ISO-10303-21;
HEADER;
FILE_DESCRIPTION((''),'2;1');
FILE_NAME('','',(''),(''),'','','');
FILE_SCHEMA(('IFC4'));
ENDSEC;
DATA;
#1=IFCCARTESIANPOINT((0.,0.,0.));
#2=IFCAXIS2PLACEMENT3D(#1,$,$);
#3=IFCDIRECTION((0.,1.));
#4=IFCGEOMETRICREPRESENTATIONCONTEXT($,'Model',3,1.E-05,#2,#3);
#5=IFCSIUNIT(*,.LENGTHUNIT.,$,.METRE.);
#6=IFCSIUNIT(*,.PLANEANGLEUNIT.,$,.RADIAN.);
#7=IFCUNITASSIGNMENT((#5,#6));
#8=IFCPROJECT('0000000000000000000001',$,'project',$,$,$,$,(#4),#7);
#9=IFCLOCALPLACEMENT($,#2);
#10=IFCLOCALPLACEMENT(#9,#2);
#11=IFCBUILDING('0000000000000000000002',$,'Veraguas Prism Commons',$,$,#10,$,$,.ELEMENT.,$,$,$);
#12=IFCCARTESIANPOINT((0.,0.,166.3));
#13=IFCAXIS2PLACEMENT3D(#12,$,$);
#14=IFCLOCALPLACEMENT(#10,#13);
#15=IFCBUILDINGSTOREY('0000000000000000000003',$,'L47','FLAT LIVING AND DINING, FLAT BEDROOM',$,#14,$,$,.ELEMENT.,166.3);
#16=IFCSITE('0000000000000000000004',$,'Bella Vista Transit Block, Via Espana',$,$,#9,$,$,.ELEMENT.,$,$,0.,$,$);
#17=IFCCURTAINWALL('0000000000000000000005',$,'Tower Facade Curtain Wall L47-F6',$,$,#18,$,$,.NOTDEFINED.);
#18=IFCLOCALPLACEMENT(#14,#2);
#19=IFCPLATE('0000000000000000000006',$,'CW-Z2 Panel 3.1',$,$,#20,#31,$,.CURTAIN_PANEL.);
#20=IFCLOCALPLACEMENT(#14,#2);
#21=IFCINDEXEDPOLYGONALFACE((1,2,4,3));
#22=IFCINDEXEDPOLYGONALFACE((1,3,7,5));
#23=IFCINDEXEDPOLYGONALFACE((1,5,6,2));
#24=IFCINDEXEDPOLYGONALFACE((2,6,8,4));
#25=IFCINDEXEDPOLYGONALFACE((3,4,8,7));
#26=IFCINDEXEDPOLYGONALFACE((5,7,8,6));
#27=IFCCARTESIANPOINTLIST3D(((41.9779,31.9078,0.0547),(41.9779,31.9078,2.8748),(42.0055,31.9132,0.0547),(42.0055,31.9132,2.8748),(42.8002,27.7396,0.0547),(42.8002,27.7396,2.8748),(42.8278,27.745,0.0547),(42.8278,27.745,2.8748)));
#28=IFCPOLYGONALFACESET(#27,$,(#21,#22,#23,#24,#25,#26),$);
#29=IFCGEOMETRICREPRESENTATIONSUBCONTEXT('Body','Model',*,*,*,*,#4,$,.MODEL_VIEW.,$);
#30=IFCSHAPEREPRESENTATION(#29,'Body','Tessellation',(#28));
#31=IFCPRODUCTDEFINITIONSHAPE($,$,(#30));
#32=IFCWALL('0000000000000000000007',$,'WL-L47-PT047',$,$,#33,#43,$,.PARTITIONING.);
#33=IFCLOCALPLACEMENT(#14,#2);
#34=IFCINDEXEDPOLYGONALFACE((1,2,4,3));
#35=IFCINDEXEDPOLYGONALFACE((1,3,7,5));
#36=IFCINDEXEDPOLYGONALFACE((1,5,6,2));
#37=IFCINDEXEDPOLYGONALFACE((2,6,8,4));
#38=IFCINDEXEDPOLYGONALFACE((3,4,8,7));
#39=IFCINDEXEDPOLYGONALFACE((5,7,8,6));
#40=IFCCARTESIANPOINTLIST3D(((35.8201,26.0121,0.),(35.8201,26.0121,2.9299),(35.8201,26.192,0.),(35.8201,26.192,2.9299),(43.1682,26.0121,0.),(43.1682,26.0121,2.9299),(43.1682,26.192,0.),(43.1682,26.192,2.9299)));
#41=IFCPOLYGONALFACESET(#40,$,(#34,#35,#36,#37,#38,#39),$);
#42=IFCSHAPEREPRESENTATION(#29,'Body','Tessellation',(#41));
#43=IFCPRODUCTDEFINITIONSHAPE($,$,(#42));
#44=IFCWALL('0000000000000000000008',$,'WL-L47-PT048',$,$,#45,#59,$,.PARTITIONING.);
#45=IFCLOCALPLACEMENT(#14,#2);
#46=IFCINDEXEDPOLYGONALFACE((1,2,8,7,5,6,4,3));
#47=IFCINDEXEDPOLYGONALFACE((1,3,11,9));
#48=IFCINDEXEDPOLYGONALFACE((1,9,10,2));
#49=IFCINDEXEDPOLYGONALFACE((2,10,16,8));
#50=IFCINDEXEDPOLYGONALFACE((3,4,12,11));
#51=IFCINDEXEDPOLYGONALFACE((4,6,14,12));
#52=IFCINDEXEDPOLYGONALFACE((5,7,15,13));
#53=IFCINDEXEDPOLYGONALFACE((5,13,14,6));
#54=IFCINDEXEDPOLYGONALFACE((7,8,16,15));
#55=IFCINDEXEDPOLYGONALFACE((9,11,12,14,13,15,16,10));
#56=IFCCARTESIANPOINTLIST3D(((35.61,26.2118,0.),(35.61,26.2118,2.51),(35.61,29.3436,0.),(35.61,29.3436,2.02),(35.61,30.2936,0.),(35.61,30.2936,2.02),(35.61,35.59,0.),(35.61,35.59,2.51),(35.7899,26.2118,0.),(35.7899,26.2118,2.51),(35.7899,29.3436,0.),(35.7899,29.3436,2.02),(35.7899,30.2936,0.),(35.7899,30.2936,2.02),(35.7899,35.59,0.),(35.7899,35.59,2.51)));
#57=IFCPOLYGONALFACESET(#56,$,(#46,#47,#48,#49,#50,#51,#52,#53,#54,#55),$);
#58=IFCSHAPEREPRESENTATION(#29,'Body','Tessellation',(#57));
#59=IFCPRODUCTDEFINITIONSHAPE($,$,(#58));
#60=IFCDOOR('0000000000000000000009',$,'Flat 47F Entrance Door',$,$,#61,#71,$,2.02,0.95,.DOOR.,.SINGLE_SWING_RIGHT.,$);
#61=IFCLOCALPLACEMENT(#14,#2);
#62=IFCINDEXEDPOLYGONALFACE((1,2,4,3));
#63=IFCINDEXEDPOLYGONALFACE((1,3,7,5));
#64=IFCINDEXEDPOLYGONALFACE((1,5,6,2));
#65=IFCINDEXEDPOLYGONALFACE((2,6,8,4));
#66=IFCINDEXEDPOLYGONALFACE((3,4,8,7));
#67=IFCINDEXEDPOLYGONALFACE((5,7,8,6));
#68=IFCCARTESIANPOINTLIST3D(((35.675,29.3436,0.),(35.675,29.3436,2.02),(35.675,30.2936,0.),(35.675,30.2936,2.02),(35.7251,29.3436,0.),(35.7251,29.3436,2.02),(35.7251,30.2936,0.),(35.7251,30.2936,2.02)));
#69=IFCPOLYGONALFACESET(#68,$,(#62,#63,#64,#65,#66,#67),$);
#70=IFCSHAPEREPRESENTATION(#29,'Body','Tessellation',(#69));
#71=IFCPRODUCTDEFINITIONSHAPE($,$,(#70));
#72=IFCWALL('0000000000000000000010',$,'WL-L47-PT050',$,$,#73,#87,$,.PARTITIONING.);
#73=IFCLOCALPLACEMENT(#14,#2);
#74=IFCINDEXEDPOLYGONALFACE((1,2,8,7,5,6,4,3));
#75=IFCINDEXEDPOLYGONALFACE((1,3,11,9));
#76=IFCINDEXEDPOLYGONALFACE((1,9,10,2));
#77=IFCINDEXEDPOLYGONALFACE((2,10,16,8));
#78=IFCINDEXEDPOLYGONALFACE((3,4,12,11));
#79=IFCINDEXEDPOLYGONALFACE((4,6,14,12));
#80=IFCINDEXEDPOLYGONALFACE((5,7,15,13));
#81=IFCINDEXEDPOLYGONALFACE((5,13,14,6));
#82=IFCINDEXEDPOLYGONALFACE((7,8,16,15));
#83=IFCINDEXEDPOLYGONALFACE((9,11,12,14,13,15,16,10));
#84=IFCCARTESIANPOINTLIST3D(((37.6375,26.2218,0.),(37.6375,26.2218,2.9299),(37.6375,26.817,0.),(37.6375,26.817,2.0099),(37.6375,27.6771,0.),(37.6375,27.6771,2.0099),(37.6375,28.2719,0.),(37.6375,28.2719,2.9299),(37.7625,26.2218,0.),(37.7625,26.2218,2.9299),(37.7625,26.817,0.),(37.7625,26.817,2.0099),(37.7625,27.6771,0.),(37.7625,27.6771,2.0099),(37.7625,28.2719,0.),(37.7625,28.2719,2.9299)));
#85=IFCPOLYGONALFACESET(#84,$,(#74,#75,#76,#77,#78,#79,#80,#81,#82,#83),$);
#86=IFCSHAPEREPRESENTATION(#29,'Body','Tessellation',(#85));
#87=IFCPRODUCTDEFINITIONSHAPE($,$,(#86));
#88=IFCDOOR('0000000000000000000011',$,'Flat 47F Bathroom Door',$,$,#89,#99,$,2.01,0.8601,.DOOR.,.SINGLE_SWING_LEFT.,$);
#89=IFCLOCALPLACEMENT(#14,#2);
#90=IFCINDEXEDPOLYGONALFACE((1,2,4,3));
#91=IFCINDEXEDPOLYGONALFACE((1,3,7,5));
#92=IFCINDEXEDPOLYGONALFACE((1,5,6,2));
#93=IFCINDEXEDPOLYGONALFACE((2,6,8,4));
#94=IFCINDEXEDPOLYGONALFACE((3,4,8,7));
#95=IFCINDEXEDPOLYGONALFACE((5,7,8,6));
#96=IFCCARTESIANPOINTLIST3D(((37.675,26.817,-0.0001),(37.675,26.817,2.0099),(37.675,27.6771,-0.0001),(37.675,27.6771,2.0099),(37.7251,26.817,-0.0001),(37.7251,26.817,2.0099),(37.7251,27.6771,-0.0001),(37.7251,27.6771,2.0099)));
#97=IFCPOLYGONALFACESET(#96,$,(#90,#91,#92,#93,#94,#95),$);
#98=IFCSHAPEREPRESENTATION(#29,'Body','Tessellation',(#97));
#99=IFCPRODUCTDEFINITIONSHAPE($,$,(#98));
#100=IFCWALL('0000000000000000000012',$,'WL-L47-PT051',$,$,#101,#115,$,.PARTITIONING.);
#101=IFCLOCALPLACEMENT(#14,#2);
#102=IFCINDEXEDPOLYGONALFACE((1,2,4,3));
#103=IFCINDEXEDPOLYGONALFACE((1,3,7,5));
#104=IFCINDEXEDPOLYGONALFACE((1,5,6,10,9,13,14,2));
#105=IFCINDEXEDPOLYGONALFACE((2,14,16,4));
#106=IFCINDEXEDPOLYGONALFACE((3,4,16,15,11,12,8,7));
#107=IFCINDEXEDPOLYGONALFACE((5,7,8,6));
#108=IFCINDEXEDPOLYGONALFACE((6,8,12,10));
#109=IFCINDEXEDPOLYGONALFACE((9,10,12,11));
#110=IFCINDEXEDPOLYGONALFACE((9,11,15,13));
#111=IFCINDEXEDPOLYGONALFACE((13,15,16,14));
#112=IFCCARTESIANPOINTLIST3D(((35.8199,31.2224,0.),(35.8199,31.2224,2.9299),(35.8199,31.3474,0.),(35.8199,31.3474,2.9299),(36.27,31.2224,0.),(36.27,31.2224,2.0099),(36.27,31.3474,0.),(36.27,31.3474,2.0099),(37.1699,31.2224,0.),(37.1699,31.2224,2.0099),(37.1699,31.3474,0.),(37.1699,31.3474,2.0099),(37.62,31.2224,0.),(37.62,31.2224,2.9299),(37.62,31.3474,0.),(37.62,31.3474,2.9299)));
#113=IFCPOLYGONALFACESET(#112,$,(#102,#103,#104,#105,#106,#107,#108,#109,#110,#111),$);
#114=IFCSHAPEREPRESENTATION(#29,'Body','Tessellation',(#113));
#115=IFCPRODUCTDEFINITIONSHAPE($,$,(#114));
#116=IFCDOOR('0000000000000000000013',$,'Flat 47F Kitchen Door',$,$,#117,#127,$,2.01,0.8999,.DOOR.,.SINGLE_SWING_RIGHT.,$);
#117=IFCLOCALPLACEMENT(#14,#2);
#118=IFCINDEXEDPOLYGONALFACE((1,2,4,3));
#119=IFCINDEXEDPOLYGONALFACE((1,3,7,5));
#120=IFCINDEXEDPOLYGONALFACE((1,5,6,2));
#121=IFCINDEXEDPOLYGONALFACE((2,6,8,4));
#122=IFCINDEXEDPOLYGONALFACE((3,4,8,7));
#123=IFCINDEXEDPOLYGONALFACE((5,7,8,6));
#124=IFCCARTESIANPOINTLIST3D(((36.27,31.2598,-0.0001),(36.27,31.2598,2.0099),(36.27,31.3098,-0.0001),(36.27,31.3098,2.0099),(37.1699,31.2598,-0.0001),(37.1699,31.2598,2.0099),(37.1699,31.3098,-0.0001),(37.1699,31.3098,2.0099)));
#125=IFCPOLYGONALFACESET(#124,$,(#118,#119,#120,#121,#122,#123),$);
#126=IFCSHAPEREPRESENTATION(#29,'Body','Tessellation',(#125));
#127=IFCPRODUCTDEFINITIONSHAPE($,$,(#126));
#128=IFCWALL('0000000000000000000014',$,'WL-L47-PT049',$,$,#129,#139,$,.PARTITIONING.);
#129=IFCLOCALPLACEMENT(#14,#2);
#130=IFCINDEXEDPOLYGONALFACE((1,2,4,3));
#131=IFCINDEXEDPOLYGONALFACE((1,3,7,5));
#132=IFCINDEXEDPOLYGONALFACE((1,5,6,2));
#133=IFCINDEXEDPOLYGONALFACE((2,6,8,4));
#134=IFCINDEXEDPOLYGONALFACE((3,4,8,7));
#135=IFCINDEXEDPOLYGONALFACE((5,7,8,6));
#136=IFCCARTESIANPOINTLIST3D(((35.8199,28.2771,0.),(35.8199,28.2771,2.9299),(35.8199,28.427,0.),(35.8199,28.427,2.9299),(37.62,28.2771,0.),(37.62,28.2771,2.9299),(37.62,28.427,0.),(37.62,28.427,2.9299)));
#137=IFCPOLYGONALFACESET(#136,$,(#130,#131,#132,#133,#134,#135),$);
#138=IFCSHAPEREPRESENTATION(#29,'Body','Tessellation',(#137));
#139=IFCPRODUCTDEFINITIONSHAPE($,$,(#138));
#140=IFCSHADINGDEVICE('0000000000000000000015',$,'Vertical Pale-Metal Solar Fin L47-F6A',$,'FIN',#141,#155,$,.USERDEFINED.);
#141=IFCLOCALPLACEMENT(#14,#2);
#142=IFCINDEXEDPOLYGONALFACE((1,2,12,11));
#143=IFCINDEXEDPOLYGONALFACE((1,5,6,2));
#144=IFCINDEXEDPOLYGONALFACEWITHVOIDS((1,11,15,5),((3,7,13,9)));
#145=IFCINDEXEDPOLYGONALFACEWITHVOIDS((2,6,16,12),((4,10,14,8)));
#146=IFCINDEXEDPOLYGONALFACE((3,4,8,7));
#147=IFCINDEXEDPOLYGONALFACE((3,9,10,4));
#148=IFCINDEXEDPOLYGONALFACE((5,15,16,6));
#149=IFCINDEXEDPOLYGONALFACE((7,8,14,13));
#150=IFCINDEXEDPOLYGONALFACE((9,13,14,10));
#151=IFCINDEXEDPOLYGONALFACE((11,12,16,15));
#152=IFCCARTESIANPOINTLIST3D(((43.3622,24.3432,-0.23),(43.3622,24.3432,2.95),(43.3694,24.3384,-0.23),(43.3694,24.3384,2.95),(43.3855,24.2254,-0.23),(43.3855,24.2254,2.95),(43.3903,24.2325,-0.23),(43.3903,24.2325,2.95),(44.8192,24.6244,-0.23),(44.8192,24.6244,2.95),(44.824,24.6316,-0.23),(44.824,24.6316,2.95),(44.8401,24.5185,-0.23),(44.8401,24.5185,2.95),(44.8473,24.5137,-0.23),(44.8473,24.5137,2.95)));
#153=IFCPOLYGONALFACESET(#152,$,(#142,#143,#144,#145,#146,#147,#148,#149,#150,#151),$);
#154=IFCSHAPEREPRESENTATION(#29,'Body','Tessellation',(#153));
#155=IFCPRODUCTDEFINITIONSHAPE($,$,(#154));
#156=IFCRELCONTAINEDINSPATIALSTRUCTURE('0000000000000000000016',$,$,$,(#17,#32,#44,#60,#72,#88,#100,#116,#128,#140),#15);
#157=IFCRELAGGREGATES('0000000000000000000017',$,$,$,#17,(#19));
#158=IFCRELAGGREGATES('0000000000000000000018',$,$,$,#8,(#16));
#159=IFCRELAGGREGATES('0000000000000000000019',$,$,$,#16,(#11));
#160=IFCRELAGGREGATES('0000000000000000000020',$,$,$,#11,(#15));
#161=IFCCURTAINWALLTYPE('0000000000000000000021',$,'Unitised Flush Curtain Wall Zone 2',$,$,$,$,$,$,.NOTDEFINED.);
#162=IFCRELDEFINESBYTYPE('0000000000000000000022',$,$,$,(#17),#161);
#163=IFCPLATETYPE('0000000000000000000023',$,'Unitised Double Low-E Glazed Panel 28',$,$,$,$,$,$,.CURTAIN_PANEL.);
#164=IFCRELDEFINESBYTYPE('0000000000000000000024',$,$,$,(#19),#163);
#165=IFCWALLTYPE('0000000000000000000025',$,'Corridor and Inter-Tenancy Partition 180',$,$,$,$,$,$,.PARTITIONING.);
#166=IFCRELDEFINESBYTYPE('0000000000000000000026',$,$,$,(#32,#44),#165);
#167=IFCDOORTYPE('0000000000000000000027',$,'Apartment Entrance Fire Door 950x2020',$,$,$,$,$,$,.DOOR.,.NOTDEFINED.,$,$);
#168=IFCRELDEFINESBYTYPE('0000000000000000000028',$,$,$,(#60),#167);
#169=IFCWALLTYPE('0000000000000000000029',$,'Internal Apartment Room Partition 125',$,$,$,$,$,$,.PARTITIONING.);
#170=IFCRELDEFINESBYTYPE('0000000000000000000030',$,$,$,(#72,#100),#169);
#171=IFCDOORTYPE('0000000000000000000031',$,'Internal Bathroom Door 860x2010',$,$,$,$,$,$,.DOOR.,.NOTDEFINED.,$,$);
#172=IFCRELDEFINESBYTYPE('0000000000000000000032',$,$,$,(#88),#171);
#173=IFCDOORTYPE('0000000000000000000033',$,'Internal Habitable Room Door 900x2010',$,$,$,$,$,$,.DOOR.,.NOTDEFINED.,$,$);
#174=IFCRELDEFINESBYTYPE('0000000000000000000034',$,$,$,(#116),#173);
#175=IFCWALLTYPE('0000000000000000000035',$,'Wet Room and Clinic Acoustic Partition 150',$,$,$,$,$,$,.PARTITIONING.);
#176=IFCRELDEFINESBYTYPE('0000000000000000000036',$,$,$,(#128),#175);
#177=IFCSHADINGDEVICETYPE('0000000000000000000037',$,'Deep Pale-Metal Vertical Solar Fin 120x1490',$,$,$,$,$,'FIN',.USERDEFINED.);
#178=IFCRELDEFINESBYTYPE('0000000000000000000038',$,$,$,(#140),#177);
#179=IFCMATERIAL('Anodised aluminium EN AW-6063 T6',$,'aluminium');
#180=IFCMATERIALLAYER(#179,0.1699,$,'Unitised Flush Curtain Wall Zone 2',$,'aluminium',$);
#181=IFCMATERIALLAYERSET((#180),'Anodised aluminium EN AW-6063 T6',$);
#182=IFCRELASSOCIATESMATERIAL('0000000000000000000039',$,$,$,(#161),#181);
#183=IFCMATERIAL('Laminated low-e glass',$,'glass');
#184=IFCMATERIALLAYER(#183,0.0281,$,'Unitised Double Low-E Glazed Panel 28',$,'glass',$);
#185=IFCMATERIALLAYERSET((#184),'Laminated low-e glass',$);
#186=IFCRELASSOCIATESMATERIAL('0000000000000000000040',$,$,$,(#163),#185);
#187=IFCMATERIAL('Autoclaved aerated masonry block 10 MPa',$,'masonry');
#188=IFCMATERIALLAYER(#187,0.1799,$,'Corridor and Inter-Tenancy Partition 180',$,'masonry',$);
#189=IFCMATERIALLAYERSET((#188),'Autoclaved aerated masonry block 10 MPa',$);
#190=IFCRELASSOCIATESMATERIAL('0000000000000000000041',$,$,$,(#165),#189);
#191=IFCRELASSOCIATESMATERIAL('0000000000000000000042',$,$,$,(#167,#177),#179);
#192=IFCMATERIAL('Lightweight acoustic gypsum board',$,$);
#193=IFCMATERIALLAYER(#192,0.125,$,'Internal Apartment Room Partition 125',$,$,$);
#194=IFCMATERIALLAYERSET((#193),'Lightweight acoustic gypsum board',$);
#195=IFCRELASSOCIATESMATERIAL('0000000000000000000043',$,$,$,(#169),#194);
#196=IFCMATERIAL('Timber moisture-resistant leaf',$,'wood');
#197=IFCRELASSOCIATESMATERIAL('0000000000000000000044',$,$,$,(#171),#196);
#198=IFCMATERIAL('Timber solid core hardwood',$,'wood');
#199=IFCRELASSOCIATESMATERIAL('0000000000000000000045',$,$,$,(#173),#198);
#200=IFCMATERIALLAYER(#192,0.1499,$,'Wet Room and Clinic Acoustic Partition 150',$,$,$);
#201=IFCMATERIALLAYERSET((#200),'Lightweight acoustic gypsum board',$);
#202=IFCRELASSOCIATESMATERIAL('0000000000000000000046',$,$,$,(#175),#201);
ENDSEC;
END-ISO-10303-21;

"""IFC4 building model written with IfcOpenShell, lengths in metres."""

from ifc_helpers import new_model, si_unit, direction, frame, frame_2d, origin, origin_2d, place, context, subcontext, project, spatial, rectangle, hollow_rectangle, extrude, source, transform, mapped, material, layer, layer_set, material_profile, profile_set, type_object, element, fill, aggregate, save


model = new_model("IFC4")

# Units and contexts
model_context = context("Model", 3, precision=1e-05, world=origin(), true_north=direction((0.0, 1.0)))
body_context = subcontext(model_context, "Body", "Model", "MODEL_VIEW")
ifc_project = project(units=[si_unit("LENGTHUNIT", "METRE"), si_unit("PLANEANGLEUNIT", "RADIAN")], contexts=[model_context])

# Site, building, storey
site_placement = place(None, origin())
site = spatial("IfcSite", under=ifc_project, at=site_placement, Name="Bella Vista Transit Block, Via Espana", CompositionType="ELEMENT", RefElevation=0.0)
building_placement = place(site_placement, origin())
building = spatial("IfcBuilding", under=site, at=building_placement, Name="Veraguas Prism Commons", CompositionType="ELEMENT")
storey_placement = place(building_placement, frame((0.0, 0.0, 166.3)))
storey = spatial("IfcBuildingStorey", under=building, at=storey_placement, Name="L47", Description="FLAT LIVING AND DINING, FLAT BEDROOM", CompositionType="ELEMENT", Elevation=166.3)

# Curtain wall, plate
ifc_material_1 = material(Name="Anodised aluminium EN AW-6063 T6", Category="aluminium")
ifc_layer_1 = layer(ifc_material_1, 0.1699, Name="Unitised Flush Curtain Wall Zone 2", Category="aluminium")
ifc_layer_set_1 = layer_set([ifc_layer_1], Name="Anodised aluminium EN AW-6063 T6")
curtain_wall_type = type_object("IfcCurtainWallType", Name="Unitised Flush Curtain Wall Zone 2", PredefinedType="NOTDEFINED", material=ifc_layer_set_1)
curtain_wall_placement = place(storey_placement, origin())
curtain_wall = element("IfcCurtainWall", 1, at=curtain_wall_placement, inside=storey, type_object=curtain_wall_type, Name="Tower Facade Curtain Wall L47-F6", PredefinedType="NOTDEFINED")
ifc_material_2 = material(Name="Laminated low-e glass", Category="glass")
ifc_layer_2 = layer(ifc_material_2, 0.0281, Name="Unitised Double Low-E Glazed Panel 28", Category="glass")
ifc_layer_set_2 = layer_set([ifc_layer_2], Name="Laminated low-e glass")
plate_type = type_object("IfcPlateType", Name="Unitised Double Low-E Glazed Panel 28", PredefinedType="CURTAIN_PANEL", material=ifc_layer_set_2)
shared_shape_1 = source(origin(), body_context, "Body", "SweptSolid", [
    extrude(rectangle(XDim=4.2485, YDim=0.0281, at=origin_2d()), origin(), (0.0, 0.0, 1.0), 2.8201),
])
plate_1_placement = place(storey_placement, frame((42.4028, 29.8264, 0.0547), z_axis=(0.0, 0.0, 1.0), x_axis=(-0.193549, 0.981091, 0.0)))
plate_1 = element("IfcPlate", 2, at=plate_1_placement, type_object=plate_type, Name="CW-Z2 Panel 3.1", PredefinedType="CURTAIN_PANEL", context=body_context, shape_type="MappedRepresentation", body=[
    mapped(shared_shape_1, transform((0.0, 0.0, 0.0), scale=1.0)),
])
aggregate(curtain_wall, [plate_1])

# Wall
ifc_material_3 = material(Name="Autoclaved aerated masonry block 10 MPa", Category="masonry")
ifc_layer_3 = layer(ifc_material_3, 0.1799, Name="Corridor and Inter-Tenancy Partition 180", Category="masonry")
ifc_layer_set_3 = layer_set([ifc_layer_3], Name="Autoclaved aerated masonry block 10 MPa")
wall_type_1 = type_object("IfcWallType", Name="Corridor and Inter-Tenancy Partition 180", PredefinedType="PARTITIONING", material=ifc_layer_set_3)
wall_1_placement = place(storey_placement, frame((35.8201, 26.1021, 0.0), z_axis=(0.0, 0.0, 1.0), x_axis=(1.0, 0.0, 0.0)))
element("IfcWall", 3, at=wall_1_placement, inside=storey, type_object=wall_type_1, Name="WL-L47-PT047", PredefinedType="PARTITIONING", context=body_context, shape_type="SweptSolid", body=[
    extrude(rectangle(XDim=7.3481, YDim=0.1799, at=frame_2d((3.6741, 0.0))), origin(), (0.0, 0.0, 1.0), 2.9299),
])

# Walls, openings, doors
wall_2_placement = place(storey_placement, frame((35.7, 26.2119, 0.0), z_axis=(0.0, 0.0, 1.0), x_axis=(0.0, 1.0, 0.0)))
wall_2 = element("IfcWall", 4, at=wall_2_placement, inside=storey, type_object=wall_type_1, Name="WL-L47-PT048", PredefinedType="PARTITIONING", context=body_context, shape_type="SweptSolid", body=[
    extrude(rectangle(XDim=9.3782, YDim=0.1799, at=frame_2d((4.689, 0.0))), origin(), (0.0, 0.0, 1.0), 2.51),
])
opening_1_placement = place(wall_2_placement, frame((3.1316, 0.0, 0.0)))
opening_1 = element("IfcOpeningElement", 5, at=opening_1_placement, cuts=wall_2, PredefinedType="OPENING", context=body_context, shape_type="SweptSolid", body=[
    extrude(rectangle(XDim=0.95, YDim=2.02, at=frame_2d((0.4751, 1.01))), frame((0.0, 0.0999, 0.0), z_axis=(0.0, -1.0, 0.0), x_axis=(1.0, 0.0, 0.0)), (0.0, 0.0, 1.0), 0.2),
])
door_type_1 = type_object("IfcDoorType", Name="Apartment Entrance Fire Door 950x2020", OperationType="NOTDEFINED", PredefinedType="DOOR", material=ifc_material_1)
shared_shape_2 = source(origin(), body_context, "Body", "SweptSolid", [
    extrude(rectangle(XDim=0.95, YDim=2.02, at=frame_2d((0.4751, 1.01))), frame((0.0, 0.0249, 0.0), z_axis=(0.0, -1.0, 0.0), x_axis=(1.0, 0.0, 0.0)), (0.0, 0.0, 1.0), 0.05),
])
door_1_placement = place(opening_1_placement, origin())
door_1 = element("IfcDoor", 6, at=door_1_placement, inside=storey, type_object=door_type_1, Name="Flat 47F Entrance Door", OperationType="SINGLE_SWING_RIGHT", OverallHeight=2.02, OverallWidth=0.95, PredefinedType="DOOR", context=body_context, shape_type="MappedRepresentation", body=[
    mapped(shared_shape_2, transform((0.0, 0.0, 0.0), scale=1.0)),
])
fill(opening_1, door_1)
ifc_material_4 = material(Name="Lightweight acoustic gypsum board")
ifc_layer_4 = layer(ifc_material_4, 0.125, Name="Internal Apartment Room Partition 125")
ifc_layer_set_4 = layer_set([ifc_layer_4], Name="Lightweight acoustic gypsum board")
wall_type_2 = type_object("IfcWallType", Name="Internal Apartment Room Partition 125", PredefinedType="PARTITIONING", material=ifc_layer_set_4)
wall_3_placement = place(storey_placement, frame((37.7, 26.2219, 0.0), z_axis=(0.0, 0.0, 1.0), x_axis=(0.0, 1.0, 0.0)))
wall_3 = element("IfcWall", 7, at=wall_3_placement, inside=storey, type_object=wall_type_2, Name="WL-L47-PT050", PredefinedType="PARTITIONING", context=body_context, shape_type="SweptSolid", body=[
    extrude(rectangle(XDim=2.05, YDim=0.125, at=frame_2d((1.0249, 0.0))), origin(), (0.0, 0.0, 1.0), 2.9299),
])
opening_2_placement = place(wall_3_placement, frame((0.595, 0.0, 0.0)))
opening_2 = element("IfcOpeningElement", 8, at=opening_2_placement, cuts=wall_3, PredefinedType="OPENING", context=body_context, shape_type="SweptSolid", body=[
    extrude(rectangle(XDim=0.8601, YDim=2.01, at=frame_2d((0.4302, 1.0049))), frame((0.0, 0.0725, 0.0), z_axis=(0.0, -1.0, 0.0), x_axis=(1.0, 0.0, 0.0)), (0.0, 0.0, 1.0), 0.145),
])
ifc_material_5 = material(Name="Timber moisture-resistant leaf", Category="wood")
door_type_2 = type_object("IfcDoorType", Name="Internal Bathroom Door 860x2010", OperationType="NOTDEFINED", PredefinedType="DOOR", material=ifc_material_5)
shared_shape_3 = source(origin(), body_context, "Body", "SweptSolid", [
    extrude(rectangle(XDim=0.8601, YDim=2.01, at=frame_2d((0.4302, 1.0049))), frame((0.0, 0.0249, 0.0), z_axis=(0.0, -1.0, 0.0), x_axis=(1.0, 0.0, 0.0)), (0.0, 0.0, 1.0), 0.05),
])
door_2_placement = place(opening_2_placement, origin())
door_2 = element("IfcDoor", 9, at=door_2_placement, inside=storey, type_object=door_type_2, Name="Flat 47F Bathroom Door", OperationType="SINGLE_SWING_LEFT", OverallHeight=2.01, OverallWidth=0.8601, PredefinedType="DOOR", context=body_context, shape_type="MappedRepresentation", body=[
    mapped(shared_shape_3, transform((0.0, 0.0, 0.0), scale=1.0)),
])
fill(opening_2, door_2)
wall_4_placement = place(storey_placement, frame((35.8201, 31.2849, 0.0), z_axis=(0.0, 0.0, 1.0), x_axis=(1.0, 0.0, 0.0)))
wall_4 = element("IfcWall", 10, at=wall_4_placement, inside=storey, type_object=wall_type_2, Name="WL-L47-PT051", PredefinedType="PARTITIONING", context=body_context, shape_type="SweptSolid", body=[
    extrude(rectangle(XDim=1.8, YDim=0.125, at=frame_2d((0.8999, 0.0))), origin(), (0.0, 0.0, 1.0), 2.9299),
])
opening_3_placement = place(wall_4_placement, frame((0.45, 0.0, 0.0)))
opening_3 = element("IfcOpeningElement", 11, at=opening_3_placement, cuts=wall_4, PredefinedType="OPENING", context=body_context, shape_type="SweptSolid", body=[
    extrude(rectangle(XDim=0.8999, YDim=2.01, at=frame_2d((0.45, 1.0049))), frame((0.0, 0.0725, 0.0), z_axis=(0.0, -1.0, 0.0), x_axis=(1.0, 0.0, 0.0)), (0.0, 0.0, 1.0), 0.145),
])
ifc_material_6 = material(Name="Timber solid core hardwood", Category="wood")
door_type_3 = type_object("IfcDoorType", Name="Internal Habitable Room Door 900x2010", OperationType="NOTDEFINED", PredefinedType="DOOR", material=ifc_material_6)
shared_shape_4 = source(origin(), body_context, "Body", "SweptSolid", [
    extrude(rectangle(XDim=0.8999, YDim=2.01, at=frame_2d((0.45, 1.0049))), frame((0.0, 0.0249, 0.0), z_axis=(0.0, -1.0, 0.0), x_axis=(1.0, 0.0, 0.0)), (0.0, 0.0, 1.0), 0.05),
])
door_3_placement = place(opening_3_placement, origin())
door_3 = element("IfcDoor", 12, at=door_3_placement, inside=storey, type_object=door_type_3, Name="Flat 47F Kitchen Door", OperationType="SINGLE_SWING_RIGHT", OverallHeight=2.01, OverallWidth=0.8999, PredefinedType="DOOR", context=body_context, shape_type="MappedRepresentation", body=[
    mapped(shared_shape_4, transform((0.0, 0.0, 0.0), scale=1.0)),
])
fill(opening_3, door_3)

# Wall
ifc_layer_5 = layer(ifc_material_4, 0.1499, Name="Wet Room and Clinic Acoustic Partition 150")
ifc_layer_set_5 = layer_set([ifc_layer_5], Name="Lightweight acoustic gypsum board")
wall_type_3 = type_object("IfcWallType", Name="Wet Room and Clinic Acoustic Partition 150", PredefinedType="PARTITIONING", material=ifc_layer_set_5)
wall_5_placement = place(storey_placement, frame((35.8201, 28.3521, 0.0), z_axis=(0.0, 0.0, 1.0), x_axis=(1.0, 0.0, 0.0)))
element("IfcWall", 13, at=wall_5_placement, inside=storey, type_object=wall_type_3, Name="WL-L47-PT049", PredefinedType="PARTITIONING", context=body_context, shape_type="SweptSolid", body=[
    extrude(rectangle(XDim=1.8, YDim=0.1499, at=frame_2d((0.8999, 0.0))), origin(), (0.0, 0.0, 1.0), 2.9299),
])

# Shading device
ifc_material_profile_1 = material_profile(ifc_material_1, hollow_rectangle(XDim=0.1201, YDim=1.49, WallThickness=0.0061, at=origin_2d()), Name="FIN120X1490X6")
ifc_profile_set_1 = profile_set([ifc_material_profile_1], Name="Anodised aluminium EN AW-6063 T6")
shading_device_type = type_object("IfcShadingDeviceType", Name="Deep Pale-Metal Vertical Solar Fin 120x1490", ElementType="FIN", PredefinedType="USERDEFINED", material=ifc_profile_set_1)
for number, where, z_axis, x_axis, name in (
    (14, (44.1047, 24.4285, -0.23), (0.0, 0.0, 1.0), (-0.193546, 0.981091, 0.0), "Vertical Pale-Metal Solar Fin L47-F6A"),
):
    element("IfcShadingDevice", number, at=place(storey_placement, frame(where, z_axis=z_axis, x_axis=x_axis)), inside=storey, type_object=shading_device_type, Name=name, ObjectType="FIN", PredefinedType="USERDEFINED", context=body_context, shape_type="SweptSolid", body=[
        extrude(hollow_rectangle(XDim=0.1201, YDim=1.49, WallThickness=0.0061, at=origin_2d()), origin(), (0.0, 0.0, 1.0), 3.1799),
    ])

save(model, "model.ifc")
